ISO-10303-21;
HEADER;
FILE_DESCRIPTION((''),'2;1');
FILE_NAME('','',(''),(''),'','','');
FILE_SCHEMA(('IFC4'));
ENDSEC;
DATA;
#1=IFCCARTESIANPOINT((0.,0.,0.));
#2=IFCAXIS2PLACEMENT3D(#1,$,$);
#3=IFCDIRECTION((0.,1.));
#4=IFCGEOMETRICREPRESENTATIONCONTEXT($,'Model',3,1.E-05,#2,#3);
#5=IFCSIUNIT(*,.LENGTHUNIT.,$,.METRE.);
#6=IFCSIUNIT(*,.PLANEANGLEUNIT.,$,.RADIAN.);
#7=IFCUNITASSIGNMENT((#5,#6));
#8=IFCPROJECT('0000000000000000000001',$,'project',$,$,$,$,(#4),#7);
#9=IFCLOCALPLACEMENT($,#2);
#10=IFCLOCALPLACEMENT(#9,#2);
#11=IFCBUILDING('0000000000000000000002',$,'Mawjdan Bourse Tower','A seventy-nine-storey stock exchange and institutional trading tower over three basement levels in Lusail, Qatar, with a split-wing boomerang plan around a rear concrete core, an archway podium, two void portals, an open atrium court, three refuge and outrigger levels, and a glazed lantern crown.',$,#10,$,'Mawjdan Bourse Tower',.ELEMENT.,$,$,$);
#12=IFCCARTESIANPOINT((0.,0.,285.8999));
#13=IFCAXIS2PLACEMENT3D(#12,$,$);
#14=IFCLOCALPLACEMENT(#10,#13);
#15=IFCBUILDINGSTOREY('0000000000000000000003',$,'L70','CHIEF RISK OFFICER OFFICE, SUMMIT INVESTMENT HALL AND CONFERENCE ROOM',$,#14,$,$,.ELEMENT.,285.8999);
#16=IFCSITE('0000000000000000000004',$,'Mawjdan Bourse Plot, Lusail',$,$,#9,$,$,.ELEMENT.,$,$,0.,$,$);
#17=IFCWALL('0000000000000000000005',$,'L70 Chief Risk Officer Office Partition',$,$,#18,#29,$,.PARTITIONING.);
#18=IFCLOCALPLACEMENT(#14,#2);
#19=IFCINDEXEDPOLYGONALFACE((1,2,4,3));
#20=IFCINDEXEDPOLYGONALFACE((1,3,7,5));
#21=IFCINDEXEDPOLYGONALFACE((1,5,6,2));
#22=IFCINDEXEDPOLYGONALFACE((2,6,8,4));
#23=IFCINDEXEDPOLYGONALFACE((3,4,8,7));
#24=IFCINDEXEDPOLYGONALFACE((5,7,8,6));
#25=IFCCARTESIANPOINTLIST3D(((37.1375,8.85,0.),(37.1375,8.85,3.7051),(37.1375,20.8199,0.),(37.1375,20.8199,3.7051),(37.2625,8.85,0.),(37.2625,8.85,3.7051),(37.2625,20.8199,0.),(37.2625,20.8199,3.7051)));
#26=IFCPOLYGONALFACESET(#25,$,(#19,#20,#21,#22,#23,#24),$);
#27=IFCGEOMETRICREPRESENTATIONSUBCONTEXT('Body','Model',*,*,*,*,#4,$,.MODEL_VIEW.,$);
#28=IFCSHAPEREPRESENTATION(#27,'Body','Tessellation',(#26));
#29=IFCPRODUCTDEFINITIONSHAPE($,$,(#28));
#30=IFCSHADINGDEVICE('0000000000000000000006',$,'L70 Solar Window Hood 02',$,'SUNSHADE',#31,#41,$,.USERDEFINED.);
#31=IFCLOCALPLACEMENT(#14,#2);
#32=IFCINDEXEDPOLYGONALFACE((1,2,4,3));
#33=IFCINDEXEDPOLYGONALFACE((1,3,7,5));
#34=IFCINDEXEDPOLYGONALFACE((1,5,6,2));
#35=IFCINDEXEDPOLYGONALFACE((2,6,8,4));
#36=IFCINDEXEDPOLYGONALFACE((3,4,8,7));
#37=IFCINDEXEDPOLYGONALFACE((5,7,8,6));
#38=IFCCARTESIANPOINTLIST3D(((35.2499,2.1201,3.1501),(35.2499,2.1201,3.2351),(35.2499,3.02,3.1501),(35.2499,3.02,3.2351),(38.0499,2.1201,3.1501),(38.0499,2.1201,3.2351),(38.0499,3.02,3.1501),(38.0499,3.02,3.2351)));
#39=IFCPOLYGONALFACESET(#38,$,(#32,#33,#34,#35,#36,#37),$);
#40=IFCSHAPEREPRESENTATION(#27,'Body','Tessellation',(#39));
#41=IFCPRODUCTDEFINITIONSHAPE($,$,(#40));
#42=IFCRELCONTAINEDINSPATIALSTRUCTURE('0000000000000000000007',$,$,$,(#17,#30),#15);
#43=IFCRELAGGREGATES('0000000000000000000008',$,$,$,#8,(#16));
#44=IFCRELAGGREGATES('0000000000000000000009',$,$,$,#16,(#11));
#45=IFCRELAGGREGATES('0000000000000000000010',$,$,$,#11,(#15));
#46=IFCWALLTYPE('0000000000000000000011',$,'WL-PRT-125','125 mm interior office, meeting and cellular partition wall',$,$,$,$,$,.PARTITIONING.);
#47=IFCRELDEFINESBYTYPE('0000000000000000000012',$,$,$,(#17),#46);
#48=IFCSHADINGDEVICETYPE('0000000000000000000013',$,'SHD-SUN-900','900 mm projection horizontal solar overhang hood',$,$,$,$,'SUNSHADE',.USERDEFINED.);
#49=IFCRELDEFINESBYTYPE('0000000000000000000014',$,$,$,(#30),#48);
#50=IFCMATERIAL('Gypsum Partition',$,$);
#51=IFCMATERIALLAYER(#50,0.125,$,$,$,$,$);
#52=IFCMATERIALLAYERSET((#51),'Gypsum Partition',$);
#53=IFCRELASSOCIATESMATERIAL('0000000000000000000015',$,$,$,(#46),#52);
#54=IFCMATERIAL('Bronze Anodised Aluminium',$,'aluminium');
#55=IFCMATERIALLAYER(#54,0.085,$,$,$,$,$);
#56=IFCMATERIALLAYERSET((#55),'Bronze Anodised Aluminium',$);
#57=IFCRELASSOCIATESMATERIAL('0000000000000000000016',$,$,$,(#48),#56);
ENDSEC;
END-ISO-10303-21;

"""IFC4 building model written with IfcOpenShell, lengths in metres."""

from ifc_helpers import new_model, si_unit, direction, frame, frame_2d, origin, origin_2d, place, context, subcontext, project, spatial, rectangle, extrude, material, layer, layer_set, type_object, element, save


model = new_model("IFC4")

# Units and contexts
model_context = context("Model", 3, precision=1e-05, world=origin(), true_north=direction((0.0, 1.0)))
body_context = subcontext(model_context, "Body", "Model", "MODEL_VIEW")
ifc_project = project(units=[si_unit("LENGTHUNIT", "METRE"), si_unit("PLANEANGLEUNIT", "RADIAN")], contexts=[model_context])

# Site, building, storey
site_placement = place(None, origin())
site = spatial("IfcSite", under=ifc_project, at=site_placement, Name="Mawjdan Bourse Plot, Lusail", CompositionType="ELEMENT", RefElevation=0.0)
building_placement = place(site_placement, origin())
building = spatial("IfcBuilding", under=site, at=building_placement, Name="Mawjdan Bourse Tower", Description="A seventy-nine-storey stock exchange and institutional trading tower over three basement levels in Lusail, Qatar, with a split-wing boomerang plan around a rear concrete core, an archway podium, two void portals, an open atrium court, three refuge and outrigger levels, and a glazed lantern crown.", LongName="Mawjdan Bourse Tower", CompositionType="ELEMENT")
storey_placement = place(building_placement, frame((0.0, 0.0, 285.8999)))
storey = spatial("IfcBuildingStorey", under=building, at=storey_placement, Name="L70", Description="CHIEF RISK OFFICER OFFICE, SUMMIT INVESTMENT HALL AND CONFERENCE ROOM", CompositionType="ELEMENT", Elevation=285.8999)

# Wall
ifc_material_1 = material(Name="Gypsum Partition")
ifc_layer_1 = layer(ifc_material_1, 0.125)
ifc_layer_set_1 = layer_set([ifc_layer_1], Name="Gypsum Partition")
wall_type_1 = type_object("IfcWallType", Name="WL-PRT-125", Description="125 mm interior office, meeting and cellular partition wall", PredefinedType="PARTITIONING", material=ifc_layer_set_1)
wall_1_placement = place(storey_placement, frame((37.2, 8.8501, 0.0), z_axis=(0.0, 0.0, 1.0), x_axis=(0.0, 1.0, 0.0)))
element("IfcWall", 1, at=wall_1_placement, inside=storey, type_object=wall_type_1, Name="L70 Chief Risk Officer Office Partition", PredefinedType="PARTITIONING", context=body_context, shape_type="SweptSolid", body=[
    extrude(rectangle(XDim=11.97, YDim=0.125, at=frame_2d((5.9849, 0.0))), origin(), (0.0, 0.0, 1.0), 3.7051),
])

# Shading device
ifc_material_2 = material(Name="Bronze Anodised Aluminium", Category="aluminium")
ifc_layer_2 = layer(ifc_material_2, 0.085)
ifc_layer_set_2 = layer_set([ifc_layer_2], Name="Bronze Anodised Aluminium")
shading_device_type = type_object("IfcShadingDeviceType", Name="SHD-SUN-900", Description="900 mm projection horizontal solar overhang hood", ElementType="SUNSHADE", PredefinedType="USERDEFINED", material=ifc_layer_set_2)
shading_device_placement = place(storey_placement, frame((36.6499, 2.5701, 3.1501), z_axis=(0.0, 0.0, 1.0), x_axis=(1.0, 0.0, 0.0)))
element("IfcShadingDevice", 2, at=shading_device_placement, inside=storey, type_object=shading_device_type, Name="L70 Solar Window Hood 02", ObjectType="SUNSHADE", PredefinedType="USERDEFINED", context=body_context, shape_type="SweptSolid", body=[
    extrude(rectangle(XDim=2.8, YDim=0.8999, at=origin_2d()), origin(), (0.0, 0.0, 1.0), 0.085),
])

save(model, "model.ifc")
